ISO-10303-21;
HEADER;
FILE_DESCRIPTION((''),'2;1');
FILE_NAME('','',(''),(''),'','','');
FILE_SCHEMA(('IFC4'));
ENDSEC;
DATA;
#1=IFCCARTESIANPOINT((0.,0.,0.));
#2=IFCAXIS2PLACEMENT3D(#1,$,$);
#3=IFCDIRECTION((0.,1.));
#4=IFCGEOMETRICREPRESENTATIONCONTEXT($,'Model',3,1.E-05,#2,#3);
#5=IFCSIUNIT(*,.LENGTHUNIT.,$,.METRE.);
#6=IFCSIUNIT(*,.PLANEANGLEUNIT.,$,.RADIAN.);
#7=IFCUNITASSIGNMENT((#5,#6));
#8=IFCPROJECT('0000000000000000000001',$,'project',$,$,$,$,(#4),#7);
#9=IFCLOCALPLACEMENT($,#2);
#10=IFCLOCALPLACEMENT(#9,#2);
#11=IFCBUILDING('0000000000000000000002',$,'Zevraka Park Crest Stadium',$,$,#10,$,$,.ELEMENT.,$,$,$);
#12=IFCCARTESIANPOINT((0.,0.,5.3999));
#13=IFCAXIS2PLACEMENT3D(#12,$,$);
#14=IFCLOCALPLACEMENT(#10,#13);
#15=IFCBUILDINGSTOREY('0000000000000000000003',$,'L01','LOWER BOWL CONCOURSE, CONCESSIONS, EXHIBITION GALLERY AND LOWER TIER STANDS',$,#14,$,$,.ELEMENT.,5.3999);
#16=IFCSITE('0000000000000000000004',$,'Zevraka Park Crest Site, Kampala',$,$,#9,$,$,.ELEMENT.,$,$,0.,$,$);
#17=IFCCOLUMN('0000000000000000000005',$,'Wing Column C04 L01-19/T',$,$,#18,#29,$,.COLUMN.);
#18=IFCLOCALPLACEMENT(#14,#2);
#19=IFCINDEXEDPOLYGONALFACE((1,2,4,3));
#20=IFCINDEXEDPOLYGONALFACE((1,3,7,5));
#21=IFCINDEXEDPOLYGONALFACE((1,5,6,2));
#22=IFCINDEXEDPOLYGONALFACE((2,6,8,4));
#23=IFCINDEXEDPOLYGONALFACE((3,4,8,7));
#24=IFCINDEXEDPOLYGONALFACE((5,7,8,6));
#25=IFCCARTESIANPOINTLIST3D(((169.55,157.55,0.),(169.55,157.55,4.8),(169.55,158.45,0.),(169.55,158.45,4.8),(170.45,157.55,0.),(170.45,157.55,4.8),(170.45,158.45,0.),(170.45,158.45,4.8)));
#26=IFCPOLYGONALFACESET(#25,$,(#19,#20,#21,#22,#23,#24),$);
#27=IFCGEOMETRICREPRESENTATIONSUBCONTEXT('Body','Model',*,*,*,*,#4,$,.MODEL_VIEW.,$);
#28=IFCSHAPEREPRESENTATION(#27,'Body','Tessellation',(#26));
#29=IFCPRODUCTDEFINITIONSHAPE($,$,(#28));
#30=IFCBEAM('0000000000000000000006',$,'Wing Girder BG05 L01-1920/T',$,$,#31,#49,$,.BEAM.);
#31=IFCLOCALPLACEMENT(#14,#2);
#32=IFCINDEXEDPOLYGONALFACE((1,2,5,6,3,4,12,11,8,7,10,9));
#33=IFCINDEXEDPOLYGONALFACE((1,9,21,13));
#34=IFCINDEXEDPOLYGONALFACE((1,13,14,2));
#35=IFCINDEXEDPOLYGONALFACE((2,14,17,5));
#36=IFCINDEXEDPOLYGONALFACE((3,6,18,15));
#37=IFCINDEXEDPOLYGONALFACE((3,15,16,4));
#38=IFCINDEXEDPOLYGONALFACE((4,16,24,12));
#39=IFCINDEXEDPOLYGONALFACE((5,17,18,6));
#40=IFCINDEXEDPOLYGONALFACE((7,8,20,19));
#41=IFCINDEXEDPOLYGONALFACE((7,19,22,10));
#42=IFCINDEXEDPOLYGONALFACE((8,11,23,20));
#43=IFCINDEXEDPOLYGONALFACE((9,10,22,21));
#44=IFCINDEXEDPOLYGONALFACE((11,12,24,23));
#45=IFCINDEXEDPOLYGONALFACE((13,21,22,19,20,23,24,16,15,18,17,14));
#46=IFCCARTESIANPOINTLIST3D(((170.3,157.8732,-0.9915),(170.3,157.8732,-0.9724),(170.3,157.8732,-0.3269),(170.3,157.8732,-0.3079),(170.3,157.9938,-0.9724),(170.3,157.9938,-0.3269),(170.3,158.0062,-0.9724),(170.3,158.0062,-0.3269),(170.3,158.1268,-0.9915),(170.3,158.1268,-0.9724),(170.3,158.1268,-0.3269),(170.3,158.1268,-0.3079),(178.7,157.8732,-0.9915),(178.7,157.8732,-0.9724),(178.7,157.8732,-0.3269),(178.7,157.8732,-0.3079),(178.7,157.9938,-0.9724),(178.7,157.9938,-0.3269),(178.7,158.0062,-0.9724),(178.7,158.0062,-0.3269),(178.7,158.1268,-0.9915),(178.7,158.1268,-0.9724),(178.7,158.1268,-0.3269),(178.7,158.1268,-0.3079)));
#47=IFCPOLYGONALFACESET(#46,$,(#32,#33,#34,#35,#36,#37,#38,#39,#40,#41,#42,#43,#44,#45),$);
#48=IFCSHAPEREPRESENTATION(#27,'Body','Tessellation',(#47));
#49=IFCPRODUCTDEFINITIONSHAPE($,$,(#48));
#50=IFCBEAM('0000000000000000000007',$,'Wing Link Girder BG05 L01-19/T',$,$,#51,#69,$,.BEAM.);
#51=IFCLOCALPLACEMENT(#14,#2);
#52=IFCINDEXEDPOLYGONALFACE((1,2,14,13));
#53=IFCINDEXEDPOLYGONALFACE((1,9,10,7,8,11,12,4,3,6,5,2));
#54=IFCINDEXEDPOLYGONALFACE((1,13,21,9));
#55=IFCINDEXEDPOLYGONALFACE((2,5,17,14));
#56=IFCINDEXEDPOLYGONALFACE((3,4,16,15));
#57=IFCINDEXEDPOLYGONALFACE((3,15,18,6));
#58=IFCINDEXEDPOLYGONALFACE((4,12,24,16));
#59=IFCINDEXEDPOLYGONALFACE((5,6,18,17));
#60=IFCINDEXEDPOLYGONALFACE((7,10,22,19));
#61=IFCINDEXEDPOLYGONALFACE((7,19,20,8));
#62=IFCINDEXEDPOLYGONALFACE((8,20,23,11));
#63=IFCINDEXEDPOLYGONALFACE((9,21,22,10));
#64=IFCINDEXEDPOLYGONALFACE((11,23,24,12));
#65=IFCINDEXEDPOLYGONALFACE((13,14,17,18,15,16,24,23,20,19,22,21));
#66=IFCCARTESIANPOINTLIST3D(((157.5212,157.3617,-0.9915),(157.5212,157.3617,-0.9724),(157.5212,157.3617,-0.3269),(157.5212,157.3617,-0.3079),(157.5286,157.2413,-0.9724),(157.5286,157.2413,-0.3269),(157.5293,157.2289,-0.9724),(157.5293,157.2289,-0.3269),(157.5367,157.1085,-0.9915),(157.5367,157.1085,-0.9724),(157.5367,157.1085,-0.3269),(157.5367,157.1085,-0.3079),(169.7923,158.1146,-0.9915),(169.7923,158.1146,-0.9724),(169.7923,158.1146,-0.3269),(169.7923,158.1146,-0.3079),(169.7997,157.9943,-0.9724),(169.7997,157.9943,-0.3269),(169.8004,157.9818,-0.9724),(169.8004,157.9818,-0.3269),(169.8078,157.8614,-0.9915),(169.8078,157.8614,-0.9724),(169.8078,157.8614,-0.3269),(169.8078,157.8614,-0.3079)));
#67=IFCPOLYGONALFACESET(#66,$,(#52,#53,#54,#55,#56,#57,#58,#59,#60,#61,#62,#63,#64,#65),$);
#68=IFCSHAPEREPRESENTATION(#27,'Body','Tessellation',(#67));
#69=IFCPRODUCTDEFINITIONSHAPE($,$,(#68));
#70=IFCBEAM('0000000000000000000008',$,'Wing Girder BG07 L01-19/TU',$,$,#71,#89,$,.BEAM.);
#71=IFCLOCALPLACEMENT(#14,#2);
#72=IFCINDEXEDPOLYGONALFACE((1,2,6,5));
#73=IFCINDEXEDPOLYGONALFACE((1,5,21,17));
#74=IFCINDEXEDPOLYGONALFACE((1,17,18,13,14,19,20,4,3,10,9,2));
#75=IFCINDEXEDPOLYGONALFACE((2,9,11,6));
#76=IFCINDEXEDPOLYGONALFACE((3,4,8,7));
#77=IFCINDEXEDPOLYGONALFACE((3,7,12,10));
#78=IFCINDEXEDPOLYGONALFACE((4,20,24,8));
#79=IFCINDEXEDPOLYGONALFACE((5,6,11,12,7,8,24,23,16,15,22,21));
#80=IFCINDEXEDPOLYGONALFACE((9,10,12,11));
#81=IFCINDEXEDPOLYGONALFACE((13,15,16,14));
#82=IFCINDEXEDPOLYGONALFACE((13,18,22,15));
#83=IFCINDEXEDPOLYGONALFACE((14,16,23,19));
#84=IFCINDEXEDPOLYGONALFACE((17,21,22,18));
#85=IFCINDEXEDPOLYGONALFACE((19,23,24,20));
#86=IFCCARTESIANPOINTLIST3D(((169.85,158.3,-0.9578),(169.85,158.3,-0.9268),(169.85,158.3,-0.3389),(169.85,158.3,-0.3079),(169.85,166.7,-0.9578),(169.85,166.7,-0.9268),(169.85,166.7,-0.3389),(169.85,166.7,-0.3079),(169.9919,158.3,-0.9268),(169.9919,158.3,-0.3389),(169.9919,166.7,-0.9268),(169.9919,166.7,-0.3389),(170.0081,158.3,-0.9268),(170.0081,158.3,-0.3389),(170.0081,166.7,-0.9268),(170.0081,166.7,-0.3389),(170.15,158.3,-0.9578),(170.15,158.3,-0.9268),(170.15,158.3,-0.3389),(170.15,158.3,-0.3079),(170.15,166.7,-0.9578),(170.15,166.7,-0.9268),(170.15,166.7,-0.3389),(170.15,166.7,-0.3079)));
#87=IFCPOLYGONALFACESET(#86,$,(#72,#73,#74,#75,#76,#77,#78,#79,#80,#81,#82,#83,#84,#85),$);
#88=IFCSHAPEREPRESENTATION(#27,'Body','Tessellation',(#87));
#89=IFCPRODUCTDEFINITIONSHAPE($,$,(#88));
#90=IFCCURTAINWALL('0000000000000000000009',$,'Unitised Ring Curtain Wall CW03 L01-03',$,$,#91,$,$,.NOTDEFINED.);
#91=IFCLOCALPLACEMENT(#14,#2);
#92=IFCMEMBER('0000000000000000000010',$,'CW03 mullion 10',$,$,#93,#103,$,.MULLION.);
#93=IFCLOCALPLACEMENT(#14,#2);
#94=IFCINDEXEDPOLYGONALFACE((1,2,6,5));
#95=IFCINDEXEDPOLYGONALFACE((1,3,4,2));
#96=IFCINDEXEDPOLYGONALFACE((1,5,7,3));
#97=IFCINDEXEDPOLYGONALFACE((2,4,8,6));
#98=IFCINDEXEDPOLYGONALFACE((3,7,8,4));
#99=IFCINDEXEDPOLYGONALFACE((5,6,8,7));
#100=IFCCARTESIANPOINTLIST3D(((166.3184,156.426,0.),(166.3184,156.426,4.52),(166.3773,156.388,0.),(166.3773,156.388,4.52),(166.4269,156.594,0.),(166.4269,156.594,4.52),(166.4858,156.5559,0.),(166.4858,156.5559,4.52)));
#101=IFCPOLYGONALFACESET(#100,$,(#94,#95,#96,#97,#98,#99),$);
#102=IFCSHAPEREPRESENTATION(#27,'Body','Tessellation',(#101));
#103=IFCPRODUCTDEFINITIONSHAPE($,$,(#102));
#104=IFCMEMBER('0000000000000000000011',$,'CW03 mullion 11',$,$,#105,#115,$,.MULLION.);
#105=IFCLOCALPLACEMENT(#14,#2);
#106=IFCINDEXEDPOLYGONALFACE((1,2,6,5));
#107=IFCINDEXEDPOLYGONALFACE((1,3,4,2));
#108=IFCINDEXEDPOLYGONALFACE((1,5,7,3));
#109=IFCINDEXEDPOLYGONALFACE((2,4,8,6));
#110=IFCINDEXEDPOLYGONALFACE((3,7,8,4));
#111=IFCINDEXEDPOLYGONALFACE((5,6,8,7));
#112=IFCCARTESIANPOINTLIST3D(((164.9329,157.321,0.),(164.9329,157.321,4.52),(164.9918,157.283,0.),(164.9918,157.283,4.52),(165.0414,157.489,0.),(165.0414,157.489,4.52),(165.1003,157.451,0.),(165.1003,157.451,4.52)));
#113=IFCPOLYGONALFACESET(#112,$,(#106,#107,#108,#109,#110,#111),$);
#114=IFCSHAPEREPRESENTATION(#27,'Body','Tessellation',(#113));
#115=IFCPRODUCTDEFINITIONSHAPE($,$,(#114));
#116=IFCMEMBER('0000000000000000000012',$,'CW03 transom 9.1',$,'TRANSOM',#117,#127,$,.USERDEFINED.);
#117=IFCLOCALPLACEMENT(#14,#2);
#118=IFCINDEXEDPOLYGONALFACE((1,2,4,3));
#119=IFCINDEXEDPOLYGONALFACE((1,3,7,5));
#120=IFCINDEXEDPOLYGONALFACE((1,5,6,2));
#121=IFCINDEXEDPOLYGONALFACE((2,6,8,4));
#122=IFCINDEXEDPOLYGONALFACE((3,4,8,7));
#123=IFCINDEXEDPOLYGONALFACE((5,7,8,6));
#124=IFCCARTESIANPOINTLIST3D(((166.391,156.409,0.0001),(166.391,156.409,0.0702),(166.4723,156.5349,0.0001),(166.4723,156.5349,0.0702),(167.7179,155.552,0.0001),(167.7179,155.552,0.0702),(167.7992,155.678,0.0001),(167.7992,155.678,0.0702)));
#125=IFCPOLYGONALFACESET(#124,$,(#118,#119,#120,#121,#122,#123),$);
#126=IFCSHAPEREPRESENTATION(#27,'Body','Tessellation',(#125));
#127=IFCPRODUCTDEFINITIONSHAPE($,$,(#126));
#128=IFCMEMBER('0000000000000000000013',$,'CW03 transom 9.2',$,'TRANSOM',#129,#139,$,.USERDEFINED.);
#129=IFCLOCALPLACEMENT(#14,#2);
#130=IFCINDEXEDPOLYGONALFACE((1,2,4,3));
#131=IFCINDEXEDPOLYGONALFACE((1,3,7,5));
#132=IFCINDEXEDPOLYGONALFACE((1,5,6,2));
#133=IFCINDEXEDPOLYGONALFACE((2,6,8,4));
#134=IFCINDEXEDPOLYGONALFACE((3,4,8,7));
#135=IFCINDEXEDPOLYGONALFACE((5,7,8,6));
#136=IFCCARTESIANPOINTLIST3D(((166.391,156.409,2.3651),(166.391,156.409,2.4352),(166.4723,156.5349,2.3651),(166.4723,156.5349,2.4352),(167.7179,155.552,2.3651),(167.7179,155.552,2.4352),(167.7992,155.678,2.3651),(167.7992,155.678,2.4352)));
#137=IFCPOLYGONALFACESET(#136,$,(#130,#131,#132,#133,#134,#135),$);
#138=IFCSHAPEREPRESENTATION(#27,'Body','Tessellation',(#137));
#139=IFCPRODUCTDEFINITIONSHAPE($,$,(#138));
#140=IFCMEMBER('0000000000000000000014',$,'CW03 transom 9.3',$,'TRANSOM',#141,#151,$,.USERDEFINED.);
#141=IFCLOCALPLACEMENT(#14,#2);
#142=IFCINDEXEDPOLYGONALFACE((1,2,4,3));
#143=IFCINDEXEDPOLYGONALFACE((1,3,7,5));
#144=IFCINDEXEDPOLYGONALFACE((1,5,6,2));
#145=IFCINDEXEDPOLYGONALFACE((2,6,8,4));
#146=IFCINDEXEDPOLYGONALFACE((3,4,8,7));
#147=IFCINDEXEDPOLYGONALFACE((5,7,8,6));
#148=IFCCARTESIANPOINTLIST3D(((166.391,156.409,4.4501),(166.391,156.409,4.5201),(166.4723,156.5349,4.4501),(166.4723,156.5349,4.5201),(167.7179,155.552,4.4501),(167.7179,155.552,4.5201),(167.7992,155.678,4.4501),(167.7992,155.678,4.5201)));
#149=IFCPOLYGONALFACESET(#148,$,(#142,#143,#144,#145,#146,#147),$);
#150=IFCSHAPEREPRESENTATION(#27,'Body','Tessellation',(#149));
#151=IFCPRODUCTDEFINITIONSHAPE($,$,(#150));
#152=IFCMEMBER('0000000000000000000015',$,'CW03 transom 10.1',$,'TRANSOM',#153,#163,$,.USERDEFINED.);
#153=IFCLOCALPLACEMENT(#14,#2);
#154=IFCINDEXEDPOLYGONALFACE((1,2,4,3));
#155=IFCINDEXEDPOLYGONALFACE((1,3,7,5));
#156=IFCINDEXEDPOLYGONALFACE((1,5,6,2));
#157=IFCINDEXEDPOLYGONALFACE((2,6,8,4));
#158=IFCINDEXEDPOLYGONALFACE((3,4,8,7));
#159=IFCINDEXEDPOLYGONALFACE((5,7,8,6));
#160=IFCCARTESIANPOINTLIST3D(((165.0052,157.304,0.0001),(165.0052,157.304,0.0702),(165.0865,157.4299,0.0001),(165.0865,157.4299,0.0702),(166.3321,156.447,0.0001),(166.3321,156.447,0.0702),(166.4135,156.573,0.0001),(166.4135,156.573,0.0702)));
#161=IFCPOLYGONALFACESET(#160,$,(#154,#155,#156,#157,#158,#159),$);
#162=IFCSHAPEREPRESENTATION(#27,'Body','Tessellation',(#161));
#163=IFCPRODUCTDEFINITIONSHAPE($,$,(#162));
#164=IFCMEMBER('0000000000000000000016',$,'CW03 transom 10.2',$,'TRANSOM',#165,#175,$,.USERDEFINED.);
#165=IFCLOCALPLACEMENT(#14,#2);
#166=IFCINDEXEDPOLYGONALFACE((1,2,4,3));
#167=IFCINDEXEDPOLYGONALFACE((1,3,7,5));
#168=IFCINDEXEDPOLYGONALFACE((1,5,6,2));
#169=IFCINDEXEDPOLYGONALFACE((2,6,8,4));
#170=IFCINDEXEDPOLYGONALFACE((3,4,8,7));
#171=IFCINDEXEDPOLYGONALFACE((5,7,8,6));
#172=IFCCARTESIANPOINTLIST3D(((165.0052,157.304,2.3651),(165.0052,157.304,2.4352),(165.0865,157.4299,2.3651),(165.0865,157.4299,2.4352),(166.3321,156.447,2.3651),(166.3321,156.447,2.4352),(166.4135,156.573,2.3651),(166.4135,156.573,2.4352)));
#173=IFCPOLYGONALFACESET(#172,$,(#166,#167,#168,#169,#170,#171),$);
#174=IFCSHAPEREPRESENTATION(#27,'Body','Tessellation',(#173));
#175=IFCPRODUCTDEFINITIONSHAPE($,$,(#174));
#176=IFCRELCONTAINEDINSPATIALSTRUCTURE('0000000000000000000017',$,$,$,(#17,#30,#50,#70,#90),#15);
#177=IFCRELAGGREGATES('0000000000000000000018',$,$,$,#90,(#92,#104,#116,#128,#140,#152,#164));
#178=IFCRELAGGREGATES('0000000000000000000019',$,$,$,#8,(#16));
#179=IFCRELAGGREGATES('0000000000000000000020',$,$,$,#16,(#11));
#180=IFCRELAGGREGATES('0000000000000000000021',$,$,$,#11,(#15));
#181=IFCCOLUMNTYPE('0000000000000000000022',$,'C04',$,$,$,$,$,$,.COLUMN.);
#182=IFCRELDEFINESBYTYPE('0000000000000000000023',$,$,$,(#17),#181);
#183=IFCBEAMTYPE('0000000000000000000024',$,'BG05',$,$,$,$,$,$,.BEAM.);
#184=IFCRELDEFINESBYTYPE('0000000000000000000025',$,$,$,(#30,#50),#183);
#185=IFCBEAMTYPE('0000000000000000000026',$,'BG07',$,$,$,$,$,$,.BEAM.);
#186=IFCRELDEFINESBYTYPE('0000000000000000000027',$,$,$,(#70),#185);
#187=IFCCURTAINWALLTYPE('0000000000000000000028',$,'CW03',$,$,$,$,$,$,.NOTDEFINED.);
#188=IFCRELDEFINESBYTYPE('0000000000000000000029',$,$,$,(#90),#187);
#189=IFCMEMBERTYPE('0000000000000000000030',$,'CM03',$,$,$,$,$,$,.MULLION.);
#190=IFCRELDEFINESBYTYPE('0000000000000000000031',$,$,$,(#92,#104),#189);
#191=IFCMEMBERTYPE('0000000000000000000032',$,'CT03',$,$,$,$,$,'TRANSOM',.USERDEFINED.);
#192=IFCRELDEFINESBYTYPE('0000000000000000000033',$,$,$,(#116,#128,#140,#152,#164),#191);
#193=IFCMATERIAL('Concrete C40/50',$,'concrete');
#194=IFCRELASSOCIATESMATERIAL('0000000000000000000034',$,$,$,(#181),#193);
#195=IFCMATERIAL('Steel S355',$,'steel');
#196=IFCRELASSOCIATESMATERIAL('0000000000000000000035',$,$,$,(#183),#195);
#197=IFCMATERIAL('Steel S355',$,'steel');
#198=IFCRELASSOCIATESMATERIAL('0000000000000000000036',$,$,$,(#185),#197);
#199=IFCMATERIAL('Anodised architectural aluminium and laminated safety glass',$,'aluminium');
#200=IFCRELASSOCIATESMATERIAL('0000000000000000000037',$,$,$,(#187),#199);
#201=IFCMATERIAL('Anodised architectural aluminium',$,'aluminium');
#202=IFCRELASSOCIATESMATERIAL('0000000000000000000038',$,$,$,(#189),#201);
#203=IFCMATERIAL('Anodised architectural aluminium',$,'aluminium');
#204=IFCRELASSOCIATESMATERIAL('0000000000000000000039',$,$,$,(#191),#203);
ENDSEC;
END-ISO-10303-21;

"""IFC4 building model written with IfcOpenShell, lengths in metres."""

from ifc_helpers import new_model, si_unit, direction, frame, origin, origin_2d, place, context, subcontext, project, spatial, rectangle, i_section, extrude, material, material_profile, profile_set, type_object, element, aggregate, save


model = new_model("IFC4")

# Units and contexts
model_context = context("Model", 3, precision=1e-05, world=origin(), true_north=direction((0.0, 1.0)))
body_context = subcontext(model_context, "Body", "Model", "MODEL_VIEW")
ifc_project = project(units=[si_unit("LENGTHUNIT", "METRE"), si_unit("PLANEANGLEUNIT", "RADIAN")], contexts=[model_context])

# Site, building, storey
site_placement = place(None, origin())
site = spatial("IfcSite", under=ifc_project, at=site_placement, Name="Zevraka Park Crest Site, Kampala", CompositionType="ELEMENT", RefElevation=0.0)
building_placement = place(site_placement, origin())
building = spatial("IfcBuilding", under=site, at=building_placement, Name="Zevraka Park Crest Stadium", CompositionType="ELEMENT")
storey_placement = place(building_placement, frame((0.0, 0.0, 5.3999)))
storey = spatial("IfcBuildingStorey", under=building, at=storey_placement, Name="L01", Description="LOWER BOWL CONCOURSE, CONCESSIONS, EXHIBITION GALLERY AND LOWER TIER STANDS", CompositionType="ELEMENT", Elevation=5.3999)

# Column
ifc_material_1 = material(Name="Concrete C40/50", Category="concrete")
ifc_material_profile_1 = material_profile(ifc_material_1, rectangle(XDim=0.8999, YDim=0.8999, at=origin_2d()), Name="RC 900x900")
ifc_profile_set_1 = profile_set([ifc_material_profile_1], Name="Concrete C40/50")
column_type = type_object("IfcColumnType", Name="C04", PredefinedType="COLUMN", material=ifc_profile_set_1)
column_placement = place(storey_placement, frame((170.0, 158.0, 0.0), z_axis=(0.0, 0.0, 1.0), x_axis=(1.0, 0.0, 0.0)))
element("IfcColumn", 1, at=column_placement, inside=storey, type_object=column_type, Name="Wing Column C04 L01-19/T", PredefinedType="COLUMN", context=body_context, shape_type="SweptSolid", body=[
    extrude(rectangle(XDim=0.8999, YDim=0.8999, at=origin_2d()), origin(), (0.0, 0.0, 1.0), 4.8),
])

# Beams
ifc_material_2 = material(Name="Steel S355", Category="steel")
ifc_material_profile_2 = material_profile(ifc_material_2, i_section(OverallWidth=0.2537, OverallDepth=0.6836, WebThickness=0.0125, FlangeThickness=0.019, at=origin_2d()), Name="UKB 686x254x140")
ifc_profile_set_2 = profile_set([ifc_material_profile_2], Name="Steel S355")
beam_type_1 = type_object("IfcBeamType", Name="BG05", PredefinedType="BEAM", material=ifc_profile_set_2)
beam_1_placement = place(storey_placement, frame((170.3, 158.0, -0.6497), z_axis=(1.0, 0.0, 0.0), x_axis=(0.0, 1.0, 0.0)))
element("IfcBeam", 2, at=beam_1_placement, inside=storey, type_object=beam_type_1, Name="Wing Girder BG05 L01-1920/T", PredefinedType="BEAM", context=body_context, shape_type="SweptSolid", body=[
    extrude(i_section(OverallWidth=0.2537, OverallDepth=0.6836, WebThickness=0.0125, FlangeThickness=0.019, at=origin_2d()), origin(), (0.0, 0.0, 1.0), 8.3999),
])
beam_2_placement = place(storey_placement, frame((169.8, 157.988, -0.6497), z_axis=(-0.998123, -0.061243, 0.0), x_axis=(0.061243, -0.998123, 0.0)))
element("IfcBeam", 3, at=beam_2_placement, inside=storey, type_object=beam_type_1, Name="Wing Link Girder BG05 L01-19/T", PredefinedType="BEAM", context=body_context, shape_type="SweptSolid", body=[
    extrude(i_section(OverallWidth=0.2537, OverallDepth=0.6836, WebThickness=0.0125, FlangeThickness=0.019, at=origin_2d()), origin(), (0.0, 0.0, 1.0), 12.2942),
])
ifc_material_3 = material(Name="Steel S355", Category="steel")
ifc_material_profile_3 = material_profile(ifc_material_3, i_section(OverallWidth=0.3, OverallDepth=0.6499, WebThickness=0.0161, FlangeThickness=0.031, at=origin_2d()), Name="HEB 650")
ifc_profile_set_3 = profile_set([ifc_material_profile_3], Name="Steel S355")
beam_type_2 = type_object("IfcBeamType", Name="BG07", PredefinedType="BEAM", material=ifc_profile_set_3)
beam_3_placement = place(storey_placement, frame((170.0, 158.3, -0.6328), z_axis=(0.0, 1.0, 0.0), x_axis=(-1.0, 0.0, 0.0)))
element("IfcBeam", 4, at=beam_3_placement, inside=storey, type_object=beam_type_2, Name="Wing Girder BG07 L01-19/TU", PredefinedType="BEAM", context=body_context, shape_type="SweptSolid", body=[
    extrude(i_section(OverallWidth=0.3, OverallDepth=0.6499, WebThickness=0.0161, FlangeThickness=0.031, at=origin_2d()), origin(), (0.0, 0.0, 1.0), 8.3999),
])

# Curtain wall, members
ifc_material_4 = material(Name="Anodised architectural aluminium and laminated safety glass", Category="aluminium")
curtain_wall_type = type_object("IfcCurtainWallType", Name="CW03", PredefinedType="NOTDEFINED", material=ifc_material_4)
curtain_wall_placement = place(storey_placement, origin())
curtain_wall = element("IfcCurtainWall", 5, at=curtain_wall_placement, inside=storey, type_object=curtain_wall_type, Name="Unitised Ring Curtain Wall CW03 L01-03", PredefinedType="NOTDEFINED")
ifc_material_5 = material(Name="Anodised architectural aluminium", Category="aluminium")
ifc_material_profile_4 = material_profile(ifc_material_5, rectangle(XDim=0.2, YDim=0.0701, at=origin_2d()), Name="ALU MULLION 200x70")
ifc_profile_set_4 = profile_set([ifc_material_profile_4], Name="Anodised architectural aluminium")
member_type_1 = type_object("IfcMemberType", Name="CM03", PredefinedType="MULLION", material=ifc_profile_set_4)
member_1_placement = place(storey_placement, frame((166.4021, 156.491, 0.0), z_axis=(0.0, 0.0, 1.0), x_axis=(-0.542571, -0.84001, 0.0)))
member_1 = element("IfcMember", 6, at=member_1_placement, type_object=member_type_1, Name="CW03 mullion 10", PredefinedType="MULLION", context=body_context, shape_type="SweptSolid", body=[
    extrude(rectangle(XDim=0.2, YDim=0.0701, at=origin_2d()), origin(), (0.0, 0.0, 1.0), 4.52),
])
member_2_placement = place(storey_placement, frame((165.0166, 157.386, 0.0), z_axis=(0.0, 0.0, 1.0), x_axis=(-0.542571, -0.84001, 0.0)))
member_2 = element("IfcMember", 7, at=member_2_placement, type_object=member_type_1, Name="CW03 mullion 11", PredefinedType="MULLION", context=body_context, shape_type="SweptSolid", body=[
    extrude(rectangle(XDim=0.2, YDim=0.0701, at=origin_2d()), origin(), (0.0, 0.0, 1.0), 4.52),
])
ifc_material_6 = material(Name="Anodised architectural aluminium", Category="aluminium")
ifc_material_profile_5 = material_profile(ifc_material_6, rectangle(XDim=0.1499, YDim=0.0701, at=origin_2d()), Name="ALU TRANSOM 150x70")
ifc_profile_set_5 = profile_set([ifc_material_profile_5], Name="Anodised architectural aluminium")
member_type_2 = type_object("IfcMemberType", Name="CT03", ElementType="TRANSOM", PredefinedType="USERDEFINED", material=ifc_profile_set_5)
member_3_placement = place(storey_placement, frame((167.7585, 155.615, 0.0352), z_axis=(-0.840047, 0.542514, 0.0), x_axis=(-0.542514, -0.840047, 0.0)))
member_3 = element("IfcMember", 8, at=member_3_placement, type_object=member_type_2, Name="CW03 transom 9.1", ObjectType="TRANSOM", PredefinedType="USERDEFINED", context=body_context, shape_type="SweptSolid", body=[
    extrude(rectangle(XDim=0.1499, YDim=0.0701, at=origin_2d()), origin(), (0.0, 0.0, 1.0), 1.5796),
])
member_4_placement = place(storey_placement, frame((167.7585, 155.615, 2.4001), z_axis=(-0.840047, 0.542514, 0.0), x_axis=(-0.542514, -0.840047, 0.0)))
member_4 = element("IfcMember", 9, at=member_4_placement, type_object=member_type_2, Name="CW03 transom 9.2", ObjectType="TRANSOM", PredefinedType="USERDEFINED", context=body_context, shape_type="SweptSolid", body=[
    extrude(rectangle(XDim=0.1499, YDim=0.0701, at=origin_2d()), origin(), (0.0, 0.0, 1.0), 1.5796),
])
member_5_placement = place(storey_placement, frame((167.7585, 155.615, 4.4851), z_axis=(-0.840047, 0.542514, 0.0), x_axis=(-0.542514, -0.840047, 0.0)))
member_5 = element("IfcMember", 10, at=member_5_placement, type_object=member_type_2, Name="CW03 transom 9.3", ObjectType="TRANSOM", PredefinedType="USERDEFINED", context=body_context, shape_type="SweptSolid", body=[
    extrude(rectangle(XDim=0.1499, YDim=0.0701, at=origin_2d()), origin(), (0.0, 0.0, 1.0), 1.5796),
])
member_6_placement = place(storey_placement, frame((166.3728, 156.51, 0.0352), z_axis=(-0.840047, 0.542514, 0.0), x_axis=(-0.542514, -0.840047, 0.0)))
member_6 = element("IfcMember", 11, at=member_6_placement, type_object=member_type_2, Name="CW03 transom 10.1", ObjectType="TRANSOM", PredefinedType="USERDEFINED", context=body_context, shape_type="SweptSolid", body=[
    extrude(rectangle(XDim=0.1499, YDim=0.0701, at=origin_2d()), origin(), (0.0, 0.0, 1.0), 1.5796),
])
member_7_placement = place(storey_placement, frame((166.3728, 156.51, 2.4001), z_axis=(-0.840047, 0.542514, 0.0), x_axis=(-0.542514, -0.840047, 0.0)))
member_7 = element("IfcMember", 12, at=member_7_placement, type_object=member_type_2, Name="CW03 transom 10.2", ObjectType="TRANSOM", PredefinedType="USERDEFINED", context=body_context, shape_type="SweptSolid", body=[
    extrude(rectangle(XDim=0.1499, YDim=0.0701, at=origin_2d()), origin(), (0.0, 0.0, 1.0), 1.5796),
])
aggregate(curtain_wall, [member_1, member_2, member_3, member_4, member_5, member_6, member_7])

save(model, "model.ifc")
